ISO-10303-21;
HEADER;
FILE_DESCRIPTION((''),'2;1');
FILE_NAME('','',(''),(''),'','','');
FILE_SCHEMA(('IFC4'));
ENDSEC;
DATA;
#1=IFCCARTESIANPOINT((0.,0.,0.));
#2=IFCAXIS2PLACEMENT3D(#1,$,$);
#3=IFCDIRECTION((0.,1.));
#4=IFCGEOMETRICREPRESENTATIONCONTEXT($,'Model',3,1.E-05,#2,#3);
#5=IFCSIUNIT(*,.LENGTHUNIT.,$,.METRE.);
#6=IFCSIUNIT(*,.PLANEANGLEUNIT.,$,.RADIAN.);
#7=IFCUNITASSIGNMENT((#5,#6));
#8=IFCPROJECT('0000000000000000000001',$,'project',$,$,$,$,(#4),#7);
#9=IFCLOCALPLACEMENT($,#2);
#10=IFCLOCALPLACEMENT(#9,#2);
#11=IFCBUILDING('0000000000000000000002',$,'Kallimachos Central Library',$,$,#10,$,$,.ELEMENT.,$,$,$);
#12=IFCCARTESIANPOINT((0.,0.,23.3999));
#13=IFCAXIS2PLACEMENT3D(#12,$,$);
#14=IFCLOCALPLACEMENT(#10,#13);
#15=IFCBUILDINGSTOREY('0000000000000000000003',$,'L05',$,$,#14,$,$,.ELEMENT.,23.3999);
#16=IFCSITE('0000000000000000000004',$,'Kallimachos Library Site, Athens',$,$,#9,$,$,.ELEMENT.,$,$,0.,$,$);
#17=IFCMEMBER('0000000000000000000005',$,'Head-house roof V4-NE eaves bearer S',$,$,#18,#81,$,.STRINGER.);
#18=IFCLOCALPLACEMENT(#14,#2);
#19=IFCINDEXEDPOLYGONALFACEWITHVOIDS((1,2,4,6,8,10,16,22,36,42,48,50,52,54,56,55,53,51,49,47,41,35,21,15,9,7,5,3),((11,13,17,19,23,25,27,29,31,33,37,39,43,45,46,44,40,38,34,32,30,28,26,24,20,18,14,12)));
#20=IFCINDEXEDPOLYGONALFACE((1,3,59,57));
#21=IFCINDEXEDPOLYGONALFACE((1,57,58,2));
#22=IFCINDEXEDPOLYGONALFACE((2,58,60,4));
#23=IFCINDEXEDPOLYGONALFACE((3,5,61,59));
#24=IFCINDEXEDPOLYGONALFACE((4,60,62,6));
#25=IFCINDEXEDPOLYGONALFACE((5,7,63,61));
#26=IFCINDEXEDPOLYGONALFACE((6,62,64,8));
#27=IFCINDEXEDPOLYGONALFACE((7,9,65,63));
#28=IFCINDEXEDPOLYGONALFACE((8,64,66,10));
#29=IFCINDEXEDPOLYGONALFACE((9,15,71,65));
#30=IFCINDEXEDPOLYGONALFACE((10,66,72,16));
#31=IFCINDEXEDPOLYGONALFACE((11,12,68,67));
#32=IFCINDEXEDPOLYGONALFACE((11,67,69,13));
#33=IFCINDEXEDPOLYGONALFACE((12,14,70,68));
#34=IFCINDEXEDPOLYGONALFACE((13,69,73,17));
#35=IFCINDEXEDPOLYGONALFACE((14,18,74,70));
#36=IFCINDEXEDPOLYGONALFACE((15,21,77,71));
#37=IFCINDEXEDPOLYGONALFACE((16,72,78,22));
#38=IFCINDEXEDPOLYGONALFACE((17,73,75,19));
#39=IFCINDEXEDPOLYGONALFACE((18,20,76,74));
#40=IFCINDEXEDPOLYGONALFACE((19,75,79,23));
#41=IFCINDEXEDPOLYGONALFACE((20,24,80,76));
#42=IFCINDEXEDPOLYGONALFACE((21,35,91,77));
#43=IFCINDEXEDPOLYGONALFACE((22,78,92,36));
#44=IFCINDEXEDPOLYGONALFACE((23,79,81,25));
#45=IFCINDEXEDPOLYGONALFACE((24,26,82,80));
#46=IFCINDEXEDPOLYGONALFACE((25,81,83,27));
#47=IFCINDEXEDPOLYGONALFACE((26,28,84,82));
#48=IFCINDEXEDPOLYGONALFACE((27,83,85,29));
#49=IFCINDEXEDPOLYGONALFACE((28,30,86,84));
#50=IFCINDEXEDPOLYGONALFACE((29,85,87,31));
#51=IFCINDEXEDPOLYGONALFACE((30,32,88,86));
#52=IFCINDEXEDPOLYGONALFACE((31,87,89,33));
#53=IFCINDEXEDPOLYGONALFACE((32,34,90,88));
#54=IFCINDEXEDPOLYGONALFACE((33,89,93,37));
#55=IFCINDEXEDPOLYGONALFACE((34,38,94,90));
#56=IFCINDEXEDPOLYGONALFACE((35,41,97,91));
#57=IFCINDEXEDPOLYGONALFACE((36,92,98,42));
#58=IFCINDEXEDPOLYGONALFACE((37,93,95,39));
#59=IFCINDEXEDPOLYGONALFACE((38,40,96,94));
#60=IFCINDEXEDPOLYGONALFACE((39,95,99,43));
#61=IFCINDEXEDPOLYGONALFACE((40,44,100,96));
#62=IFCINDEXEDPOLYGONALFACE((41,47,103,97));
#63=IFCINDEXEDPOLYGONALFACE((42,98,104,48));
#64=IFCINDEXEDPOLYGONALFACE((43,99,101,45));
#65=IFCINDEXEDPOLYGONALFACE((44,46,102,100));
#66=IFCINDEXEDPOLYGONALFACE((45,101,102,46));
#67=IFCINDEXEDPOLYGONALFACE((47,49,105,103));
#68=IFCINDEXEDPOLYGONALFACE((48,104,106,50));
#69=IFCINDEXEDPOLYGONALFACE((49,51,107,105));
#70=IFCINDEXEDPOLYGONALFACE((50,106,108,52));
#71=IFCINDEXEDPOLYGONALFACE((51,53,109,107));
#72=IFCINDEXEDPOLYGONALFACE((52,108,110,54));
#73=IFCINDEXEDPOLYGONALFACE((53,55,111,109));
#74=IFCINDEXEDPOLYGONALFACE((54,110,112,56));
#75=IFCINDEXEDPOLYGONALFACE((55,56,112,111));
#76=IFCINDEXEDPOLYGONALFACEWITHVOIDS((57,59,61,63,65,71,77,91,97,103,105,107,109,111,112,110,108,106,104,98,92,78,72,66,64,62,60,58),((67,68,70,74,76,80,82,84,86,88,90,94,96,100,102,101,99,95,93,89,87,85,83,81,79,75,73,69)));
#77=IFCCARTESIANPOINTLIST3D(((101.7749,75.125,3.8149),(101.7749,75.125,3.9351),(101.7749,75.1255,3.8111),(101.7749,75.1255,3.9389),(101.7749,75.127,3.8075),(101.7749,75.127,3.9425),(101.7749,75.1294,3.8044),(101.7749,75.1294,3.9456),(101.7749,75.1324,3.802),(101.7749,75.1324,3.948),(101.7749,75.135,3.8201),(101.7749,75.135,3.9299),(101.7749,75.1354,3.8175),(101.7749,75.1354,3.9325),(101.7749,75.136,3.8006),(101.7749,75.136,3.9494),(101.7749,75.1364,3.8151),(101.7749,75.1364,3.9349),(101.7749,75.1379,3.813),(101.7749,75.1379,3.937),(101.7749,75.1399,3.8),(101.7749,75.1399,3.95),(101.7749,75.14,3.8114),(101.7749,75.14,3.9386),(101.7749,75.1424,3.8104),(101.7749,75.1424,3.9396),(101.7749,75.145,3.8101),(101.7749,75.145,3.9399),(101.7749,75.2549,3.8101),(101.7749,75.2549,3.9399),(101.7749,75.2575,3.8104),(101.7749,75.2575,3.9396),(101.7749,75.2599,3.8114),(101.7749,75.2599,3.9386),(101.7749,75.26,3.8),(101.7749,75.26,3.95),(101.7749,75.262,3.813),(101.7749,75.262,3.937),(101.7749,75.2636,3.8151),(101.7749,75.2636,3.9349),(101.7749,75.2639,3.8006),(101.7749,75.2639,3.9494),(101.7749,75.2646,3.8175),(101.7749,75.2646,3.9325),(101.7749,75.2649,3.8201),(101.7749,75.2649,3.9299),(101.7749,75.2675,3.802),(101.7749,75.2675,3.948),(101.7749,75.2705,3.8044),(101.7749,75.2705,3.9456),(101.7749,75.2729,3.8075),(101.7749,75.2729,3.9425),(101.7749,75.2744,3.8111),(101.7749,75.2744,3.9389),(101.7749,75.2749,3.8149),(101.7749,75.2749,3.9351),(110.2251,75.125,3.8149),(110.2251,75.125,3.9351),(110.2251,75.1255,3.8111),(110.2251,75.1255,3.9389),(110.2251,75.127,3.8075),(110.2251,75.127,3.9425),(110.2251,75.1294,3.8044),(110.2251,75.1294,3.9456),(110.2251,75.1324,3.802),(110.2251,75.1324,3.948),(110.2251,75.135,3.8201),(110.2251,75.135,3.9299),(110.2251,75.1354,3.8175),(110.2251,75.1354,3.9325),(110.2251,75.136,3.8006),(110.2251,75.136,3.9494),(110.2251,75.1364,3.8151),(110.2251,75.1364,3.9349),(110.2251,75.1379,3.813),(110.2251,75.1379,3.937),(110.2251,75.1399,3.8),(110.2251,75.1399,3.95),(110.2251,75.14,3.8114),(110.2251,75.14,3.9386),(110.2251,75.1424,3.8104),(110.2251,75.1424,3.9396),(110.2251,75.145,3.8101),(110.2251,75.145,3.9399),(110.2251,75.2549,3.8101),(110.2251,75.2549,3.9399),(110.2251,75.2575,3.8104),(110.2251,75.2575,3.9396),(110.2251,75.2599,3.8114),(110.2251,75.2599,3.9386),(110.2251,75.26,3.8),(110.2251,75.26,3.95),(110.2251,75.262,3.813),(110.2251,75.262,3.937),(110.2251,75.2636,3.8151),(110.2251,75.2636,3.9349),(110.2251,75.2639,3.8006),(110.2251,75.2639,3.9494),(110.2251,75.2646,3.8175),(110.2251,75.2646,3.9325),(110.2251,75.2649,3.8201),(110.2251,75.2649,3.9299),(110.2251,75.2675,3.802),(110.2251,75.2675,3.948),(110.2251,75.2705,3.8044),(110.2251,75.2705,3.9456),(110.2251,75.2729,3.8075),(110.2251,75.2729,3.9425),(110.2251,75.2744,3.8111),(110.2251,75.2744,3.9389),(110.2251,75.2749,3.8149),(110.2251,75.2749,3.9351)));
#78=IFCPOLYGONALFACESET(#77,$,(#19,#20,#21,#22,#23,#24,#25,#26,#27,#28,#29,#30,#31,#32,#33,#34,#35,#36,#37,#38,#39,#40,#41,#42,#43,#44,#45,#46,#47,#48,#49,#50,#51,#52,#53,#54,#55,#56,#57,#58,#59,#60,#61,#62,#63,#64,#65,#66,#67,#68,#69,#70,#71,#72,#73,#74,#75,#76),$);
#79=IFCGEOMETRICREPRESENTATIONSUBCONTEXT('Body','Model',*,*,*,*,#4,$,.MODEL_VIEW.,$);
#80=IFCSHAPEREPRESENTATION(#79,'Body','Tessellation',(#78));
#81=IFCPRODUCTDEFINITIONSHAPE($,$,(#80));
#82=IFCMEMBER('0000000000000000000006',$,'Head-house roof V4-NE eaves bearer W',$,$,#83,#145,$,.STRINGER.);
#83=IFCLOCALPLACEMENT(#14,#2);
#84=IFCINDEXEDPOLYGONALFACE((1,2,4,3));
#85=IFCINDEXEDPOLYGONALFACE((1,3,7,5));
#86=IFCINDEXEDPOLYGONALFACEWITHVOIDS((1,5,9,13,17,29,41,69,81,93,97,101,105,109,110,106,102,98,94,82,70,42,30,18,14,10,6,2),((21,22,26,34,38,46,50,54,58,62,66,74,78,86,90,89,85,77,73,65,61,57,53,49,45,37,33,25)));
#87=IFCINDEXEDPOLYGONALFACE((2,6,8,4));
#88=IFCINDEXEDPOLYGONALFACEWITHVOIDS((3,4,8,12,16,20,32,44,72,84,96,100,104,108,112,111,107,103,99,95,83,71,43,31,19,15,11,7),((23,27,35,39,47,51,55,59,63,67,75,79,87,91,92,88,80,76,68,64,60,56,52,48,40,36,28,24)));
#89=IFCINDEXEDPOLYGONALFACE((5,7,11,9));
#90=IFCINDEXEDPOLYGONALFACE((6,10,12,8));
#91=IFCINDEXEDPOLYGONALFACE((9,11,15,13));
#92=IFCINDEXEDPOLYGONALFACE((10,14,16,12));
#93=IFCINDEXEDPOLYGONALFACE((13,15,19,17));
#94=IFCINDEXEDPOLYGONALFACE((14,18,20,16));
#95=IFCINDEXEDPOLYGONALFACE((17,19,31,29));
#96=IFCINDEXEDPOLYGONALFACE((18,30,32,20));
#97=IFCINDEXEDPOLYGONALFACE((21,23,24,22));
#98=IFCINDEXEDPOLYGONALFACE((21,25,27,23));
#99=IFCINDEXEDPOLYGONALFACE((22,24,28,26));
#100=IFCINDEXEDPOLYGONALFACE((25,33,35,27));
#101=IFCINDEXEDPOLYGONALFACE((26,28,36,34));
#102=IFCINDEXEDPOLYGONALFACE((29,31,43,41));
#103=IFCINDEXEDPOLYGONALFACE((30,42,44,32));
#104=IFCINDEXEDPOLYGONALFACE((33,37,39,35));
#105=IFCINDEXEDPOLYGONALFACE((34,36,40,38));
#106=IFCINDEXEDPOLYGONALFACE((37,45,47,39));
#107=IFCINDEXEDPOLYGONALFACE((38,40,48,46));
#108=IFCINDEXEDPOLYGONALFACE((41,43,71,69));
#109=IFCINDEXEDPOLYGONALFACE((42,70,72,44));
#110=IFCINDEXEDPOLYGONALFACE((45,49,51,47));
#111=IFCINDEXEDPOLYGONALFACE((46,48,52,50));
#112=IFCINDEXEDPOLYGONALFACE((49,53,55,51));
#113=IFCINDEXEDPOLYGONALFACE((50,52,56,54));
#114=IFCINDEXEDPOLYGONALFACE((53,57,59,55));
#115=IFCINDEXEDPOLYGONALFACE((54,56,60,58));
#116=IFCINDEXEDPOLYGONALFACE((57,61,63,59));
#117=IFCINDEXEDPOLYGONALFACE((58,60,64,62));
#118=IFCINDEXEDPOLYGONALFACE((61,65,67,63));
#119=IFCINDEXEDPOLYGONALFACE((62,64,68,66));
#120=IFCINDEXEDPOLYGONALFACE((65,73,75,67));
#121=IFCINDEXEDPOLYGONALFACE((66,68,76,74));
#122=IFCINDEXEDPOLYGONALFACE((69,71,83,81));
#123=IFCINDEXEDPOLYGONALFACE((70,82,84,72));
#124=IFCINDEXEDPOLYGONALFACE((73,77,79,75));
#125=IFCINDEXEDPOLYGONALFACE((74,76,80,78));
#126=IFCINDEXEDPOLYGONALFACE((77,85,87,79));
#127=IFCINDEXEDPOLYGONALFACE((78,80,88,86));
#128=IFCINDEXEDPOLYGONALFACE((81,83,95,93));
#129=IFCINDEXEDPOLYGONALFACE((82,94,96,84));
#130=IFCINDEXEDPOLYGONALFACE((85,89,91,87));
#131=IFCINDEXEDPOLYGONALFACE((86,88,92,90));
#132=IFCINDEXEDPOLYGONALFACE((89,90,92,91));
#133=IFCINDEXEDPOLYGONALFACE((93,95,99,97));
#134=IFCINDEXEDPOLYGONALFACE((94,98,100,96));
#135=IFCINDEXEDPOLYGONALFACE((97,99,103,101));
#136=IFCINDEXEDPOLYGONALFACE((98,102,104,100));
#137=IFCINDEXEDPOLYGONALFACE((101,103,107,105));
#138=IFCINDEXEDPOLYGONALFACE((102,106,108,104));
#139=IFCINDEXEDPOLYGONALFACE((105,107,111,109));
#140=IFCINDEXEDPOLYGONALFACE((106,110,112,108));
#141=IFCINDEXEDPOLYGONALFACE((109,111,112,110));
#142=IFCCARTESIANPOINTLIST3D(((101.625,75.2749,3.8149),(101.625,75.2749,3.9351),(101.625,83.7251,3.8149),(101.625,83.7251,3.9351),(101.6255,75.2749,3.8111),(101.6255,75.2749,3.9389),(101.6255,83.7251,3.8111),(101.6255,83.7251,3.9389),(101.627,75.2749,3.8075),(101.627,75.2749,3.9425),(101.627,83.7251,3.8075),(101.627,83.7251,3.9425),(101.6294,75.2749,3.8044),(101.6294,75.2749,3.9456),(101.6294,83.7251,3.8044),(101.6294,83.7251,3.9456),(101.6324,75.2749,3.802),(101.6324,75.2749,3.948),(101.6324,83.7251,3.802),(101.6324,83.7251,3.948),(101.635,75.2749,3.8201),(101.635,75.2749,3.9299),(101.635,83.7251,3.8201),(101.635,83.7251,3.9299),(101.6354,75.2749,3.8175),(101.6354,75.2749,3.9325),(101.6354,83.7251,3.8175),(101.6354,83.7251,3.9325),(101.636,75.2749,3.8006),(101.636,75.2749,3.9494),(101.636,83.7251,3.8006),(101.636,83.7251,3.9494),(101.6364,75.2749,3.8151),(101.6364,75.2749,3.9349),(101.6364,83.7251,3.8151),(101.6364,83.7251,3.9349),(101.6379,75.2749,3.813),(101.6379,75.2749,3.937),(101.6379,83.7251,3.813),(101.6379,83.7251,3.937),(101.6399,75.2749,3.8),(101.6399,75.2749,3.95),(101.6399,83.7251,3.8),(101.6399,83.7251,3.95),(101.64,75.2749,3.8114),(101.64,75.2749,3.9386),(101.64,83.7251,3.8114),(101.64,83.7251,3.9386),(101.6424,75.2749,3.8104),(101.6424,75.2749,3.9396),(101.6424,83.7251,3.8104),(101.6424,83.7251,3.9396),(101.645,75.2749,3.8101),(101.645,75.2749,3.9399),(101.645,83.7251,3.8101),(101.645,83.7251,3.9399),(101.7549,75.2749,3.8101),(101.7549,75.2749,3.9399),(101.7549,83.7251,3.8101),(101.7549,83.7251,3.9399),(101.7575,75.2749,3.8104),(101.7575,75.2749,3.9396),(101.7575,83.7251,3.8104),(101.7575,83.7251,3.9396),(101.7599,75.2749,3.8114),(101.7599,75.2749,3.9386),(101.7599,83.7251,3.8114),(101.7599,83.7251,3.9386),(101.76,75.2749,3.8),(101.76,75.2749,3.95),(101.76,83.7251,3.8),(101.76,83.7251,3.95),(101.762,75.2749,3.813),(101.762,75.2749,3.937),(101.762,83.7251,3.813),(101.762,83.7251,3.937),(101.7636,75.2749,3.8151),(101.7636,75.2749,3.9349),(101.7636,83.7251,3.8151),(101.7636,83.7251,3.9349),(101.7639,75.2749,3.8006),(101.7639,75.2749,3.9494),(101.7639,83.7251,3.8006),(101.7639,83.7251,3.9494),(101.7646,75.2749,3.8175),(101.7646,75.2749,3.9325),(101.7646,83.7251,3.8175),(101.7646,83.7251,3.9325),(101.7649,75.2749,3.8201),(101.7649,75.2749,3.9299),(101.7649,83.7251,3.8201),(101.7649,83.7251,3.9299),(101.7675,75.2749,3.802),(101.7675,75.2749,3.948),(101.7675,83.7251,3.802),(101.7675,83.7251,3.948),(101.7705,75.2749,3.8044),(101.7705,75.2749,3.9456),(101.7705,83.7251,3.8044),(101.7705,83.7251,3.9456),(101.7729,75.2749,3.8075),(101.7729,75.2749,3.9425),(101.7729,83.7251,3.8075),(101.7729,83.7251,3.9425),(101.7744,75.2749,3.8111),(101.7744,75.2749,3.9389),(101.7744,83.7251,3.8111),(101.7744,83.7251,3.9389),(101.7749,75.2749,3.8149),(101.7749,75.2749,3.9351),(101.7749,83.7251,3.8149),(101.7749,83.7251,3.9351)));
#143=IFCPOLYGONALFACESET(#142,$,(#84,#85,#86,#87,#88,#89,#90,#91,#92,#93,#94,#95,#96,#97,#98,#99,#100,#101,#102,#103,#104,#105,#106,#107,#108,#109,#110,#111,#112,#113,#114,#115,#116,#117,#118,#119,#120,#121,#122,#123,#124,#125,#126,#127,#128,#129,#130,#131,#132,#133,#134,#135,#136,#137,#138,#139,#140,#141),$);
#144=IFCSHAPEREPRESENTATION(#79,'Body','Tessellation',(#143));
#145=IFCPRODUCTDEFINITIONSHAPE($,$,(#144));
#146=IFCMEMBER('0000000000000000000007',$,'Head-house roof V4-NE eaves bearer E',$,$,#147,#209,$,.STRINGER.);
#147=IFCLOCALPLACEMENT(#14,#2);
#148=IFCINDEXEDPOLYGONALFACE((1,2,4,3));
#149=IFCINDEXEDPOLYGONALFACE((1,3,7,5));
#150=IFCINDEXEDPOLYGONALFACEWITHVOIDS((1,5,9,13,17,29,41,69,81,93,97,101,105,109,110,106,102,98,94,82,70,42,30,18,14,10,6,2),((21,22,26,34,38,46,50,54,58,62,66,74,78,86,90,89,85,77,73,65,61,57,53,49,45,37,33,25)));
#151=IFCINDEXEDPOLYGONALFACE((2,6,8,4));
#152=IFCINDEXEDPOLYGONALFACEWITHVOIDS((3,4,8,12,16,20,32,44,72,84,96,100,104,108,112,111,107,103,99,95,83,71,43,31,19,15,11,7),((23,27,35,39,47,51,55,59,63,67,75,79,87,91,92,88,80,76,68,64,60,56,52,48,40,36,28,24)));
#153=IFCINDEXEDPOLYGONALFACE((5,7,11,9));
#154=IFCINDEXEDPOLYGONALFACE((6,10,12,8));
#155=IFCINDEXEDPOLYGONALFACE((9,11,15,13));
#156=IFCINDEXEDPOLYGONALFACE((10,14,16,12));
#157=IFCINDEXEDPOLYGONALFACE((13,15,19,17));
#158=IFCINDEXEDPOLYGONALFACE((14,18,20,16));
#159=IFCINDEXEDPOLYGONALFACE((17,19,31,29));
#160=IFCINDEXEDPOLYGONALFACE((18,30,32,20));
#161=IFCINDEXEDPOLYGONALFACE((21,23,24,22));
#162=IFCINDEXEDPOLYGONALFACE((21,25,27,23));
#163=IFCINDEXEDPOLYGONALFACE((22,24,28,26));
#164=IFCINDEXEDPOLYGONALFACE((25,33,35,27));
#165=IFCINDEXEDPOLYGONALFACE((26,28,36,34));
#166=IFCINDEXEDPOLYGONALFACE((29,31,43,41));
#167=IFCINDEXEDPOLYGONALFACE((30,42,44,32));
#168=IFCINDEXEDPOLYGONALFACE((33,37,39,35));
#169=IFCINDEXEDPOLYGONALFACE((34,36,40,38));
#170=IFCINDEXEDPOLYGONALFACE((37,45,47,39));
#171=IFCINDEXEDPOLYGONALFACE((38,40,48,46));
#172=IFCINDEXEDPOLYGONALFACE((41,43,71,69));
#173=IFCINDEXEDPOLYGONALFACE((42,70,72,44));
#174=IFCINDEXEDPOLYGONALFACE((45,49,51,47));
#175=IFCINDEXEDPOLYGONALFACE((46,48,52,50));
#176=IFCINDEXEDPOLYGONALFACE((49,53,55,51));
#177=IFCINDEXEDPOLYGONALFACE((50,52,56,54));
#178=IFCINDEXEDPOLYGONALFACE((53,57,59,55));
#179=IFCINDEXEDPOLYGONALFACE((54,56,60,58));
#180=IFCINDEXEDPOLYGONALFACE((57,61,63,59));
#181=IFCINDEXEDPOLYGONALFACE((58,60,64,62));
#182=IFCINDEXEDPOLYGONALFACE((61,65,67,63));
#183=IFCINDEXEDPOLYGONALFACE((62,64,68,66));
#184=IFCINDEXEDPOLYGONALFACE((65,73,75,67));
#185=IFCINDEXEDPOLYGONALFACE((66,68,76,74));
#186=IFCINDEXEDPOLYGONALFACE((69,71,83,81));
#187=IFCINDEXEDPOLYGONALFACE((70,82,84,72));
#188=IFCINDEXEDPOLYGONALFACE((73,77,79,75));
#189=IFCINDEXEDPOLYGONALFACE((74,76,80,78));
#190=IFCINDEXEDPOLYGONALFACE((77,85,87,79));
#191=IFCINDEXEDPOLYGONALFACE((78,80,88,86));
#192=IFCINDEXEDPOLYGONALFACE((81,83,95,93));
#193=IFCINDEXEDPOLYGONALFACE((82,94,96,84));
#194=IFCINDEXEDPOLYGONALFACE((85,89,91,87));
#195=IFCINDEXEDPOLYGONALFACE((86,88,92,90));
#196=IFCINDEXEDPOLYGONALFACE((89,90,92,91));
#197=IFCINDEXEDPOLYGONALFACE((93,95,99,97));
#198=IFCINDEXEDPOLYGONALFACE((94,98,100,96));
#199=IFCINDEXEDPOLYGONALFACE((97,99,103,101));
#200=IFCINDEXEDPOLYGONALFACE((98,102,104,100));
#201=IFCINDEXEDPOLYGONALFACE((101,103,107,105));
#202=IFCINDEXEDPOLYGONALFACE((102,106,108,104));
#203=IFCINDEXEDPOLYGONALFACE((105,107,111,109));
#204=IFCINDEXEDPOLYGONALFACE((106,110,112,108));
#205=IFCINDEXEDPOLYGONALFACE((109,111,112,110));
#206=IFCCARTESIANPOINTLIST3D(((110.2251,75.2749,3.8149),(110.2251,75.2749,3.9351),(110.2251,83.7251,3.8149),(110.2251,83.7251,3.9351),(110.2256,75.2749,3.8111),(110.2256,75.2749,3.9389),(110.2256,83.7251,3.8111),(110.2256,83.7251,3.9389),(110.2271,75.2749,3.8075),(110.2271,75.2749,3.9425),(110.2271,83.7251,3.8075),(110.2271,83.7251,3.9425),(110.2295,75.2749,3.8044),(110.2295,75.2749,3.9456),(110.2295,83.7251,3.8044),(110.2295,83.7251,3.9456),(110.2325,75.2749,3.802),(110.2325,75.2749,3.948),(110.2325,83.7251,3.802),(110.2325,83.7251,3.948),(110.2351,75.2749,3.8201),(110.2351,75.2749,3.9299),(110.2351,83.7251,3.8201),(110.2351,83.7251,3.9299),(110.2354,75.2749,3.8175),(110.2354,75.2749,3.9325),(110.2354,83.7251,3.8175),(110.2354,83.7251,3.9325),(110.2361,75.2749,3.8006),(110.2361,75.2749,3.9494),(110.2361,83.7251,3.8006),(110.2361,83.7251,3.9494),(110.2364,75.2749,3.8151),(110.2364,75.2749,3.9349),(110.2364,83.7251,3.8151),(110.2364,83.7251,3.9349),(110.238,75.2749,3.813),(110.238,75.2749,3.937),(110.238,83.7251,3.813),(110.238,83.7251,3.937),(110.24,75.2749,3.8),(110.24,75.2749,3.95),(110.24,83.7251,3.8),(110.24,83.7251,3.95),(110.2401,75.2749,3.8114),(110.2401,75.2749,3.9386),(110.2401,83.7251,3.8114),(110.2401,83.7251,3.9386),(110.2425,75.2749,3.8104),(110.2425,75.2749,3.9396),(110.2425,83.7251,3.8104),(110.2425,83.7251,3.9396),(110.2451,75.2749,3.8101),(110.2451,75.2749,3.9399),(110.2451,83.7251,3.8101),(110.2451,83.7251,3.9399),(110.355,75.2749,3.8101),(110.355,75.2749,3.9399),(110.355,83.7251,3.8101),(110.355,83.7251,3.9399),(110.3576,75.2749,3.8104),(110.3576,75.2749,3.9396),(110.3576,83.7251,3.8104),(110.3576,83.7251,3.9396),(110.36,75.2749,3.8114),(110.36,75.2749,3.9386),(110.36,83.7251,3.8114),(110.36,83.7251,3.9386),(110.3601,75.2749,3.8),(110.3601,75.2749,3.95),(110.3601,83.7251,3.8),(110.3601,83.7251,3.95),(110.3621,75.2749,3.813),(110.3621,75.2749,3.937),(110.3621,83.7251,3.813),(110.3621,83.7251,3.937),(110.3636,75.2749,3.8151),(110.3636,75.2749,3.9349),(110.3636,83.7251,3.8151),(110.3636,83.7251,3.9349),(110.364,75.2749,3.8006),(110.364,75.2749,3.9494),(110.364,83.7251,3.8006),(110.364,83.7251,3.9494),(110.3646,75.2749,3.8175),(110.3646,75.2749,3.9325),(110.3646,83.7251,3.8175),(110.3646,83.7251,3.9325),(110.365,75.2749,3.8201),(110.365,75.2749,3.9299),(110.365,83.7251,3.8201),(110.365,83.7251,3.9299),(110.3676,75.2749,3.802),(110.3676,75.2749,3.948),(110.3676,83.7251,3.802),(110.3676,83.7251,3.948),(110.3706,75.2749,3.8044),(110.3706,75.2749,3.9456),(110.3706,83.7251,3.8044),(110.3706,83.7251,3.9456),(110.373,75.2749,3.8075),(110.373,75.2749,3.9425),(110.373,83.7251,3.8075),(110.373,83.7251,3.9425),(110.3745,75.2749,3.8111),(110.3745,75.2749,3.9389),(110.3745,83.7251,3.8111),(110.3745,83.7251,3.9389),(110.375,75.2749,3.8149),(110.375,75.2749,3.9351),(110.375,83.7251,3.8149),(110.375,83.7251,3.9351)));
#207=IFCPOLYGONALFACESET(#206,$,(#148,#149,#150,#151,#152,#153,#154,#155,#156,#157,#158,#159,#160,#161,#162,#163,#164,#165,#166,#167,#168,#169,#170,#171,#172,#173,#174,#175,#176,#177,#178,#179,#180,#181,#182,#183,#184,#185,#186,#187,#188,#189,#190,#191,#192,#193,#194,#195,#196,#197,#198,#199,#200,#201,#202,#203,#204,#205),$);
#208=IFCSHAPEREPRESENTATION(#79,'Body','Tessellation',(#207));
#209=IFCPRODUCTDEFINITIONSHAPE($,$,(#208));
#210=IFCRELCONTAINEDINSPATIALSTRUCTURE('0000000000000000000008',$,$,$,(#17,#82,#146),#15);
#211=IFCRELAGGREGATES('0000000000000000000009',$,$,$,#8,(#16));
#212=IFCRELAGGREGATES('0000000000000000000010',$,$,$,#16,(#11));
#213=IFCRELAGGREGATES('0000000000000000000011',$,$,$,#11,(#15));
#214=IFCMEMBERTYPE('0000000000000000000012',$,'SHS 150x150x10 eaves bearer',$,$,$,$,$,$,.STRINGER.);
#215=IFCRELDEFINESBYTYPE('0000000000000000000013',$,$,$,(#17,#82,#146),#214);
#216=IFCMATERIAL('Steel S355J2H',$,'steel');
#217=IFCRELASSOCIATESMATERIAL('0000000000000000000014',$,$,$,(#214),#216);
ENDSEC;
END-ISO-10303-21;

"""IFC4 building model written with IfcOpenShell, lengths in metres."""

from ifc_helpers import new_model, si_unit, direction, frame, origin, origin_2d, place, context, subcontext, project, spatial, hollow_rectangle, extrude, material, material_profile, profile_set, type_object, element, save


model = new_model("IFC4")

# Units and contexts
model_context = context("Model", 3, precision=1e-05, world=origin(), true_north=direction((0.0, 1.0)))
body_context = subcontext(model_context, "Body", "Model", "MODEL_VIEW")
ifc_project = project(units=[si_unit("LENGTHUNIT", "METRE"), si_unit("PLANEANGLEUNIT", "RADIAN")], contexts=[model_context])

# Site, building, storey
site_placement = place(None, origin())
site = spatial("IfcSite", under=ifc_project, at=site_placement, Name="Kallimachos Library Site, Athens", CompositionType="ELEMENT", RefElevation=0.0)
building_placement = place(site_placement, origin())
building = spatial("IfcBuilding", under=site, at=building_placement, Name="Kallimachos Central Library", CompositionType="ELEMENT")
storey_placement = place(building_placement, frame((0.0, 0.0, 23.3999)))
storey = spatial("IfcBuildingStorey", under=building, at=storey_placement, Name="L05", CompositionType="ELEMENT", Elevation=23.3999)

# Members
ifc_material_1 = material(Name="Steel S355J2H", Category="steel")
ifc_material_profile_1 = material_profile(ifc_material_1, hollow_rectangle(XDim=0.1499, YDim=0.1499, WallThickness=0.01, InnerFilletRadius=0.01, OuterFilletRadius=0.0149, at=origin_2d()), Name="SHS 150x150x10")
ifc_profile_set_1 = profile_set([ifc_material_profile_1], Name="Steel S355J2H")
member_type_1 = type_object("IfcMemberType", Name="SHS 150x150x10 eaves bearer", PredefinedType="STRINGER", material=ifc_profile_set_1)
for number, where, z_axis, x_axis, name in (
    (1, (101.7749, 75.2, 3.875), (1.0, 0.0, 0.0), (0.0, 1.0, 0.0), "Head-house roof V4-NE eaves bearer S"),
    (2, (101.7, 75.2749, 3.875), (0.0, 1.0, 0.0), (-1.0, 0.0, 0.0), "Head-house roof V4-NE eaves bearer W"),
    (3, (110.3, 75.2749, 3.875), (0.0, 1.0, 0.0), (-1.0, 0.0, 0.0), "Head-house roof V4-NE eaves bearer E"),
):
    element("IfcMember", number, at=place(storey_placement, frame(where, z_axis=z_axis, x_axis=x_axis)), inside=storey, type_object=member_type_1, Name=name, PredefinedType="STRINGER", context=body_context, shape_type="SweptSolid", body=[
        extrude(hollow_rectangle(XDim=0.1499, YDim=0.1499, WallThickness=0.01, InnerFilletRadius=0.01, OuterFilletRadius=0.0149, at=origin_2d()), origin(), (0.0, 0.0, 1.0), 8.4502),
    ])

save(model, "model.ifc")
